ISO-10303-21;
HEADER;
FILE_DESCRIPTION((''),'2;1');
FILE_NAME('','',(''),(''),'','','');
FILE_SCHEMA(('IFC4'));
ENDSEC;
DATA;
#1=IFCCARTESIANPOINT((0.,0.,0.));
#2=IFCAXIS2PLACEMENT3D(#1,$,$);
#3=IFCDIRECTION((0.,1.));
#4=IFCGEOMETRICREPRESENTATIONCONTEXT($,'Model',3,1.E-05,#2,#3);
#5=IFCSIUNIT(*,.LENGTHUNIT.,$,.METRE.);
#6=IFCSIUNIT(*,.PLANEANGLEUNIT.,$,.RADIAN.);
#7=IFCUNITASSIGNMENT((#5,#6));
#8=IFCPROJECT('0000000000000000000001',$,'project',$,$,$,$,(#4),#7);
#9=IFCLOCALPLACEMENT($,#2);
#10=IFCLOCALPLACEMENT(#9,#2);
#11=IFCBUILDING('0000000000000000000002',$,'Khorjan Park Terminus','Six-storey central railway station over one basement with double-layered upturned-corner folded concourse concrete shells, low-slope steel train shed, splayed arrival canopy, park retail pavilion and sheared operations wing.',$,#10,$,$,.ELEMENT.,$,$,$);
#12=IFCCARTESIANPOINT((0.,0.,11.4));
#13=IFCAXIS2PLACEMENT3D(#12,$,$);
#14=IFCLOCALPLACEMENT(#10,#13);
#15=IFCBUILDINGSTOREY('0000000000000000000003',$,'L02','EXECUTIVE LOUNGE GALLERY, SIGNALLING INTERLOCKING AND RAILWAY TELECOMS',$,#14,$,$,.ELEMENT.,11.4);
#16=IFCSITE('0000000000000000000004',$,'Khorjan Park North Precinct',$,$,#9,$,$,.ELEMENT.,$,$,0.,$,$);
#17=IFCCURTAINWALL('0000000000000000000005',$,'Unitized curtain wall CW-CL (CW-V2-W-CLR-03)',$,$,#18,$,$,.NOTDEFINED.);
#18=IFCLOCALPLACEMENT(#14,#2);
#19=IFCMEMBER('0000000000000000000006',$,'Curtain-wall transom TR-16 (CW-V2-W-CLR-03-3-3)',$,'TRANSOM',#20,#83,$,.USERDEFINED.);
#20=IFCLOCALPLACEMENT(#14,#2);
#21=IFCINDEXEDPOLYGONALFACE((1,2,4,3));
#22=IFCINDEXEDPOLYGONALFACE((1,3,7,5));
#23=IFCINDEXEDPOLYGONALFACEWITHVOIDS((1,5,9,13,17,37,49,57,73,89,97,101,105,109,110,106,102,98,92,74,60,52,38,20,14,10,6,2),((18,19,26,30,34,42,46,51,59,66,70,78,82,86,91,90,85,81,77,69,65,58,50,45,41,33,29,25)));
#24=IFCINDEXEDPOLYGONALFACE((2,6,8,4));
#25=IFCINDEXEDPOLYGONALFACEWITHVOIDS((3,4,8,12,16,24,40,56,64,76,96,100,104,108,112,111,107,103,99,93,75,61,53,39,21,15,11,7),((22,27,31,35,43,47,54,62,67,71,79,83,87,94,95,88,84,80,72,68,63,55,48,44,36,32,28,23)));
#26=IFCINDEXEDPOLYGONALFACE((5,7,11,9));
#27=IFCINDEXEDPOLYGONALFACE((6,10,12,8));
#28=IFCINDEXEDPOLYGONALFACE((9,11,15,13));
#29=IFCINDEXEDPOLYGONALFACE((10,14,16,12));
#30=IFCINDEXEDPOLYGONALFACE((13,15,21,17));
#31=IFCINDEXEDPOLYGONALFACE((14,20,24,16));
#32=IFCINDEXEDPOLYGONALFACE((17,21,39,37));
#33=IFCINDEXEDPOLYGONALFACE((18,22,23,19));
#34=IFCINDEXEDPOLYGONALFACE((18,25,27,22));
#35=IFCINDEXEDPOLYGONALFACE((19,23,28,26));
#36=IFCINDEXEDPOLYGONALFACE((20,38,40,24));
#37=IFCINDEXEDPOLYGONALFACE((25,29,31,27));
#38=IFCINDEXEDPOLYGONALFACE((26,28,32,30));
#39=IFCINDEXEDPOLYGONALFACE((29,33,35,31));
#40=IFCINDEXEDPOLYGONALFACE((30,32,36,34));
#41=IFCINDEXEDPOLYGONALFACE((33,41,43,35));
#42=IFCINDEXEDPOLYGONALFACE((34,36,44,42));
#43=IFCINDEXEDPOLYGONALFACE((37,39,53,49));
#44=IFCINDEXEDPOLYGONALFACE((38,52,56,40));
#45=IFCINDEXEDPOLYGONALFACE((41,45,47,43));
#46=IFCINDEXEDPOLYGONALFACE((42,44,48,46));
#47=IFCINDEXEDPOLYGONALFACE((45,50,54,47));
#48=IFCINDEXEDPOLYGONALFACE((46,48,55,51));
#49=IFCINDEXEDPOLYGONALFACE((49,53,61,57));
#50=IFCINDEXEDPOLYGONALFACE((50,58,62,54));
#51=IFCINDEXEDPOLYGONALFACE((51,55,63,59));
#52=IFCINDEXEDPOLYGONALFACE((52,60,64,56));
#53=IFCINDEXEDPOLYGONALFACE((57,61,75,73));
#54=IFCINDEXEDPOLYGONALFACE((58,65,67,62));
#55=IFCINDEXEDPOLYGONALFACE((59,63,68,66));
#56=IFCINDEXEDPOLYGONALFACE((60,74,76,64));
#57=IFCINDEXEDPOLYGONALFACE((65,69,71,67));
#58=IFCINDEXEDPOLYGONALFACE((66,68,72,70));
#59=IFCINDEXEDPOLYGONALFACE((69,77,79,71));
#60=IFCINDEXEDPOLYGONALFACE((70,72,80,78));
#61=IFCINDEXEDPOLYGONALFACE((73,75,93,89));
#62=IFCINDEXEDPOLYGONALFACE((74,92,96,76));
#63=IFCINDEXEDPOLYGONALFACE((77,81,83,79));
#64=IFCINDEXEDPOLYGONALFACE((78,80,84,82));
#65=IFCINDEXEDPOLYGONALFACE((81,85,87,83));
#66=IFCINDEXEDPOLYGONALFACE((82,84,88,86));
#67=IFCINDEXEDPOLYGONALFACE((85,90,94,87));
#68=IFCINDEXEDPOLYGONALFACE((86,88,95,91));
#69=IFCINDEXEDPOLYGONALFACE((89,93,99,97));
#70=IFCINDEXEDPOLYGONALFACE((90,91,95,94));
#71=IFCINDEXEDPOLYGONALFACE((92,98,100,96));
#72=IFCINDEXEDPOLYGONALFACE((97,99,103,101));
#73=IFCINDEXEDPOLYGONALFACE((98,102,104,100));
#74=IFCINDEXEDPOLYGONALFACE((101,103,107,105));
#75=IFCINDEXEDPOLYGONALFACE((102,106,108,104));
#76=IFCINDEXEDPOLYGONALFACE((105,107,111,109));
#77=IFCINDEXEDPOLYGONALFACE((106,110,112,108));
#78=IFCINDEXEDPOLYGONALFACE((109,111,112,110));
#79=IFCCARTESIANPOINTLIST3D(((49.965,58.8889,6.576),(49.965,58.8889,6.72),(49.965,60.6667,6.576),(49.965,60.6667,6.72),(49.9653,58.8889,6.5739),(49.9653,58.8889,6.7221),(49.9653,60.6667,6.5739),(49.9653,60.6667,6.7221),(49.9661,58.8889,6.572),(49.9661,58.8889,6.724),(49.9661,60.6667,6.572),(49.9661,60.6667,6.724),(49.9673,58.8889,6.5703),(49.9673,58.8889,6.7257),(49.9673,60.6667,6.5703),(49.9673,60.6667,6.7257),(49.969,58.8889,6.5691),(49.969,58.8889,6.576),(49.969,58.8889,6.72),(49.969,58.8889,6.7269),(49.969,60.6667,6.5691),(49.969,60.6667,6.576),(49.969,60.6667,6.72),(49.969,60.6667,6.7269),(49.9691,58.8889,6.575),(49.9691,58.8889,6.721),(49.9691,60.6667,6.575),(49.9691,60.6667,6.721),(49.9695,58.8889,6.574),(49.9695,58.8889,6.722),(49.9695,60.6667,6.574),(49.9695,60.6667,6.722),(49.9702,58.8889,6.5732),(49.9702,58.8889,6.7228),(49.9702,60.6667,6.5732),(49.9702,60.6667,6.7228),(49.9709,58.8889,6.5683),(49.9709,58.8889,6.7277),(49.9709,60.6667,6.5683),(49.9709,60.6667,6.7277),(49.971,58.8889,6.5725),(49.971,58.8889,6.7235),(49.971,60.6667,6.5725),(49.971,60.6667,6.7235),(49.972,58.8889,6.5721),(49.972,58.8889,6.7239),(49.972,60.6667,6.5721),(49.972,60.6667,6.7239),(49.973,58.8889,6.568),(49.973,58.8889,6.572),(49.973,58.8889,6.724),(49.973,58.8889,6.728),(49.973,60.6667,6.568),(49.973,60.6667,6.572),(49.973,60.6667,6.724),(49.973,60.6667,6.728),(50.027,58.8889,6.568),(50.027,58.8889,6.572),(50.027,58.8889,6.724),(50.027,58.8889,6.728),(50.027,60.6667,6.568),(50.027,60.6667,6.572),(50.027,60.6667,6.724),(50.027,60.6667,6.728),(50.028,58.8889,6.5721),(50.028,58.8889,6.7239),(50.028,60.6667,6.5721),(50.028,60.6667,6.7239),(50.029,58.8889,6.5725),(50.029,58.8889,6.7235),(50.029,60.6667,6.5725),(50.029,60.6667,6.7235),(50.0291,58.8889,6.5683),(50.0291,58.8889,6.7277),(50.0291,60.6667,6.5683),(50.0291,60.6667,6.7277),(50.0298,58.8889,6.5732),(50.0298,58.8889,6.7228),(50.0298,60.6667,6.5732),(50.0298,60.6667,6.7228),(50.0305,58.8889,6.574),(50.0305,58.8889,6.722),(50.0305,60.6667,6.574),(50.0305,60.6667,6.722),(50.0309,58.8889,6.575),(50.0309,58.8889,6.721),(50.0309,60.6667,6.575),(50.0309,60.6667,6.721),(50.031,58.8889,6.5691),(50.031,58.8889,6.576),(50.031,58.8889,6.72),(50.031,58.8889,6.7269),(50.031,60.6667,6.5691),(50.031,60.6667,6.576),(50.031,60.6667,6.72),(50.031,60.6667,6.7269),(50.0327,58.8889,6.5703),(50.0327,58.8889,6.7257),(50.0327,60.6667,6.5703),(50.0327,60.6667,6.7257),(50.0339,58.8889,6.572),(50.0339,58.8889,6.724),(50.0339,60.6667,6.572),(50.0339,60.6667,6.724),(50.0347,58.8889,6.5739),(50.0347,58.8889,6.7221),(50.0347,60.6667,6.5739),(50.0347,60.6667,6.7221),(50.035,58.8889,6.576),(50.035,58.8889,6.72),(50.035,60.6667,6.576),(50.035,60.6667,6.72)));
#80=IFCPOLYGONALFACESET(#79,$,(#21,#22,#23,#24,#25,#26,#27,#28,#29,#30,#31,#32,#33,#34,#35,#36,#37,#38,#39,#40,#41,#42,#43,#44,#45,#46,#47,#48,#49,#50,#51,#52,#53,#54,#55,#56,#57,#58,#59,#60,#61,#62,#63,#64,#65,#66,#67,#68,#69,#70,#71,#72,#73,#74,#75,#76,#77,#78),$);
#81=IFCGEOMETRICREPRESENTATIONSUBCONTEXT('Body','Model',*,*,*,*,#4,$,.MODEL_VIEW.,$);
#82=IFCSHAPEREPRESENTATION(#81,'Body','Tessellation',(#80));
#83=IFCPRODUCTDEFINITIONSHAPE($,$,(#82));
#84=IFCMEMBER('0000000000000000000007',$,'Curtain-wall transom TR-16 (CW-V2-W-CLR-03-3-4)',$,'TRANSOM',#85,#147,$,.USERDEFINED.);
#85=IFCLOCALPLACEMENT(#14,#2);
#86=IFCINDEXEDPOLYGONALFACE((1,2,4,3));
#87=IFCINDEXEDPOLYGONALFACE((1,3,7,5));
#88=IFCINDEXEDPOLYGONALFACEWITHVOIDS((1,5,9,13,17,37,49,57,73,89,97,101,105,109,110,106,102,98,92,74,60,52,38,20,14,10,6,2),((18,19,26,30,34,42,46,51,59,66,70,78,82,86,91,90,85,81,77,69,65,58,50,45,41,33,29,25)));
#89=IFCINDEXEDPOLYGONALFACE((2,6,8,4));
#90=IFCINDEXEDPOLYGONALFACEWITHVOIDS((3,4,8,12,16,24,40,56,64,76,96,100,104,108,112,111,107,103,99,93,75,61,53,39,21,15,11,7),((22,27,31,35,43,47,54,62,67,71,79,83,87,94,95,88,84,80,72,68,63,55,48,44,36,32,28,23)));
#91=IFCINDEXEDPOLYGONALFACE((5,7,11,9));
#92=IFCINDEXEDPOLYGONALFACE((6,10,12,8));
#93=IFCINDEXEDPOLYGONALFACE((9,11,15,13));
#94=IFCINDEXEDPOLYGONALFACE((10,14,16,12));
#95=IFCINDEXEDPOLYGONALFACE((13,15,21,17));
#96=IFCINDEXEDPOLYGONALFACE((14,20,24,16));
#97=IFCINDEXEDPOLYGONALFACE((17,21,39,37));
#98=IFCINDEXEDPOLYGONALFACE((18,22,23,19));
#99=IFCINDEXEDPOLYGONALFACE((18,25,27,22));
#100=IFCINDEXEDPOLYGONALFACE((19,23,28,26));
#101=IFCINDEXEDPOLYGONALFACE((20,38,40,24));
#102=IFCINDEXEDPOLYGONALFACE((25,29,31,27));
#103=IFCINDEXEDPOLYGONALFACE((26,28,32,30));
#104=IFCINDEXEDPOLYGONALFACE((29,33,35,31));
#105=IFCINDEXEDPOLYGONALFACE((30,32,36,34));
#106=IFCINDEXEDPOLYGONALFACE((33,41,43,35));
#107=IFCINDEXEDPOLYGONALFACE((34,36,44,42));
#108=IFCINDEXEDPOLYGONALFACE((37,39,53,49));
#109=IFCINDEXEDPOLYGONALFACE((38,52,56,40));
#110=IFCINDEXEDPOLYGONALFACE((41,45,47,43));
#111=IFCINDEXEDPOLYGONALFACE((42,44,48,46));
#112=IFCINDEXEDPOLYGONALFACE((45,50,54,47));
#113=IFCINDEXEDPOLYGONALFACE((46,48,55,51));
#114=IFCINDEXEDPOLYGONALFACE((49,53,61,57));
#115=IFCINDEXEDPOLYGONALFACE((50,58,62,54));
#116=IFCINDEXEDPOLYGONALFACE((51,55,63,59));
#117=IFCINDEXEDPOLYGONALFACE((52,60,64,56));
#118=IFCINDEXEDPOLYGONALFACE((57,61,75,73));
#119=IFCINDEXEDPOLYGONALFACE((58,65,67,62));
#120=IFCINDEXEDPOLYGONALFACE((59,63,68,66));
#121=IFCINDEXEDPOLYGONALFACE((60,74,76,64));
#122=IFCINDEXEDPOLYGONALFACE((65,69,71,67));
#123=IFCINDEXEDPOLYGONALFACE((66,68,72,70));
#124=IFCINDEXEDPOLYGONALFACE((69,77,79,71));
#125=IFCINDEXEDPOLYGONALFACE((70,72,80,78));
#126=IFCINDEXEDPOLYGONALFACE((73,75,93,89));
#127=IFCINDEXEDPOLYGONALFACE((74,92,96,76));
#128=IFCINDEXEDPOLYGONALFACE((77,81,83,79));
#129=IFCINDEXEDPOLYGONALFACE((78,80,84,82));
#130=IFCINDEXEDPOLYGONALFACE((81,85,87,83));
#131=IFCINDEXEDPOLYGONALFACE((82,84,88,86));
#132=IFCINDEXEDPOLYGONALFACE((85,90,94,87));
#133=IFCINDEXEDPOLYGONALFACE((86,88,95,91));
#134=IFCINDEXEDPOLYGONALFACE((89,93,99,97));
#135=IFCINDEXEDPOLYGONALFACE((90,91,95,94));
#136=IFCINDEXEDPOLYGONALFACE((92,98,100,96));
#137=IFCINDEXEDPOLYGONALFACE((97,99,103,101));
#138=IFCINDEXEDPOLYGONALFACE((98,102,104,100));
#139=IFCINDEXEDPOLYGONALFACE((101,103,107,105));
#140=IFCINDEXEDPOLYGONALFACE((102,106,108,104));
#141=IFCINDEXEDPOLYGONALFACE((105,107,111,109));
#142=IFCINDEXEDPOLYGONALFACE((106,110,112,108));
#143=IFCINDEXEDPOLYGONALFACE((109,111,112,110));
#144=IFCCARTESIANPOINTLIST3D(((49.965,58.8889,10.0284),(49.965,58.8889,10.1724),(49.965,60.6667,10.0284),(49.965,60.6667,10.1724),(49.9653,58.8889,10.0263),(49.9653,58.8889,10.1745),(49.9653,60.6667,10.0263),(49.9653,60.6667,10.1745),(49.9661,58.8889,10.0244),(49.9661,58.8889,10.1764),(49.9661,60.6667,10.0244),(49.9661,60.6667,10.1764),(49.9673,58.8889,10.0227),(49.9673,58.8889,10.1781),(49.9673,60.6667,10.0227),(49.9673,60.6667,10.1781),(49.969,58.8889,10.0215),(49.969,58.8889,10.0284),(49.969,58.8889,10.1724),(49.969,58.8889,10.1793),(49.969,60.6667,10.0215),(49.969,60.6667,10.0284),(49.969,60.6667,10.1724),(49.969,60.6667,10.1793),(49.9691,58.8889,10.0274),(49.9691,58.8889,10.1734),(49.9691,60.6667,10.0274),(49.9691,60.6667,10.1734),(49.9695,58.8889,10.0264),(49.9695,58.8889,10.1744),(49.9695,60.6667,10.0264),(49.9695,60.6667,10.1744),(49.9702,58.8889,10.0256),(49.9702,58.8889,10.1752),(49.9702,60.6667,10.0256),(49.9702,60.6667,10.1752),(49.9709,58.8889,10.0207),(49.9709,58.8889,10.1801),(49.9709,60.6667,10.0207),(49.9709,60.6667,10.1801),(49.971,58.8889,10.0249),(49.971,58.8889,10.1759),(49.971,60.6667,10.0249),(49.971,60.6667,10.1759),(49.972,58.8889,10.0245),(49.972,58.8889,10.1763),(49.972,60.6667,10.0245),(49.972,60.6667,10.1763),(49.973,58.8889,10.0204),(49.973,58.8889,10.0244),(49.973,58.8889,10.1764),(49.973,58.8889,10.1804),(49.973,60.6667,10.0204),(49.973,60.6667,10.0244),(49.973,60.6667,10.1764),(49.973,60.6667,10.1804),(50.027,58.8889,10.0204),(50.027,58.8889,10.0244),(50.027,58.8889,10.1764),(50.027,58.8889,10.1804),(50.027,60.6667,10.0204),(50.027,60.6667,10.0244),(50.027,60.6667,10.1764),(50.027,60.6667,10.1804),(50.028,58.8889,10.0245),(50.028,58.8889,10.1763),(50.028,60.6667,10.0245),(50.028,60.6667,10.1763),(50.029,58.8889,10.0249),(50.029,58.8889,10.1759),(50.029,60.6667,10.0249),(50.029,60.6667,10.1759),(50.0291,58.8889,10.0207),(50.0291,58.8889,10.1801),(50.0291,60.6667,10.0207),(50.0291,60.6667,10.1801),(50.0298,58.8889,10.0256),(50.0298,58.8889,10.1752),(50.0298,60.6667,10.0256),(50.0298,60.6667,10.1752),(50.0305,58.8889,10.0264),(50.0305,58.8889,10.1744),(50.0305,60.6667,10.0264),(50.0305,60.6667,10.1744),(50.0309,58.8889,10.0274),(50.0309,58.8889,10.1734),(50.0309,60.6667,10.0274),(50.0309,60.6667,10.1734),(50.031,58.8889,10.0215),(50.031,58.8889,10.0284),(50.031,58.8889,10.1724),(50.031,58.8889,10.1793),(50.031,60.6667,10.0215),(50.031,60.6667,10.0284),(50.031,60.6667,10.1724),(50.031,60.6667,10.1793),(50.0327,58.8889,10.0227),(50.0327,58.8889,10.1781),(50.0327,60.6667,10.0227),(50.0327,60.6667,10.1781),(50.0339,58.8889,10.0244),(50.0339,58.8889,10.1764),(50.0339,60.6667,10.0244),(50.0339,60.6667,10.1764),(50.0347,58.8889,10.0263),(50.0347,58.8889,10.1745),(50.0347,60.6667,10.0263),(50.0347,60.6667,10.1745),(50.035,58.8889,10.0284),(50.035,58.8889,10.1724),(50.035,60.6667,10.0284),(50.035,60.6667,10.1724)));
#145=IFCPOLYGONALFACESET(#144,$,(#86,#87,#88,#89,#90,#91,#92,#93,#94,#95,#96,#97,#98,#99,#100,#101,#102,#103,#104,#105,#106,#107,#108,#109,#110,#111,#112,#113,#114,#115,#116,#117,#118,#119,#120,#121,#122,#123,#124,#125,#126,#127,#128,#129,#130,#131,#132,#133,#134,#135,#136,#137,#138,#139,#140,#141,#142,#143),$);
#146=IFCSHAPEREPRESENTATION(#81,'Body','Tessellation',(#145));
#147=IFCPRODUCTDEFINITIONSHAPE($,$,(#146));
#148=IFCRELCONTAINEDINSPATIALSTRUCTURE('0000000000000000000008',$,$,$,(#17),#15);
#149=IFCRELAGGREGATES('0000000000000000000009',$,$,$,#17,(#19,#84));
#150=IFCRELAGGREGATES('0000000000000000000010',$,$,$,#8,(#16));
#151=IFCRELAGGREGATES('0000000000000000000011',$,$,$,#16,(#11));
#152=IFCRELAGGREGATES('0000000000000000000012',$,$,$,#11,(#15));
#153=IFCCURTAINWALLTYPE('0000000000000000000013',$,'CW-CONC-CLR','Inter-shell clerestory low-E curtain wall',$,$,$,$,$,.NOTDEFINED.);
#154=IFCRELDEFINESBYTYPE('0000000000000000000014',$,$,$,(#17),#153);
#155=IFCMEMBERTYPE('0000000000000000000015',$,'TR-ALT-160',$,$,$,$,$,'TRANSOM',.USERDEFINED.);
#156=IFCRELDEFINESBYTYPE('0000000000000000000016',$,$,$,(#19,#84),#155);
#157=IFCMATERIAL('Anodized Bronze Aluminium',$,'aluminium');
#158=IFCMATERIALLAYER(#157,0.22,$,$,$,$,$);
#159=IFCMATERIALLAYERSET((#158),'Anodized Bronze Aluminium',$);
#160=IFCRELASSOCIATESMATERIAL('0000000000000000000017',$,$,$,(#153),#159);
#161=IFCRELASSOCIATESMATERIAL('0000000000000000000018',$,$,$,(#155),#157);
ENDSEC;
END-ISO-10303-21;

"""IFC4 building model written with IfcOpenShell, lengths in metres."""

from ifc_helpers import new_model, si_unit, direction, frame, origin, origin_2d, place, context, subcontext, project, spatial, hollow_rectangle, extrude, material, layer, layer_set, material_profile, profile_set, type_object, element, aggregate, save


model = new_model("IFC4")

# Units and contexts
model_context = context("Model", 3, precision=1e-05, world=origin(), true_north=direction((0.0, 1.0)))
body_context = subcontext(model_context, "Body", "Model", "MODEL_VIEW")
ifc_project = project(units=[si_unit("LENGTHUNIT", "METRE"), si_unit("PLANEANGLEUNIT", "RADIAN")], contexts=[model_context])

# Site, building, storey
site_placement = place(None, origin())
site = spatial("IfcSite", under=ifc_project, at=site_placement, Name="Khorjan Park North Precinct", CompositionType="ELEMENT", RefElevation=0.0)
building_placement = place(site_placement, origin())
building = spatial("IfcBuilding", under=site, at=building_placement, Name="Khorjan Park Terminus", Description="Six-storey central railway station over one basement with double-layered upturned-corner folded concourse concrete shells, low-slope steel train shed, splayed arrival canopy, park retail pavilion and sheared operations wing.", CompositionType="ELEMENT")
storey_placement = place(building_placement, frame((0.0, 0.0, 11.4)))
storey = spatial("IfcBuildingStorey", under=building, at=storey_placement, Name="L02", Description="EXECUTIVE LOUNGE GALLERY, SIGNALLING INTERLOCKING AND RAILWAY TELECOMS", CompositionType="ELEMENT", Elevation=11.4)

# Curtain wall, members
ifc_material_1 = material(Name="Anodized Bronze Aluminium", Category="aluminium")
ifc_layer_1 = layer(ifc_material_1, 0.22)
ifc_layer_set_1 = layer_set([ifc_layer_1], Name="Anodized Bronze Aluminium")
curtain_wall_type = type_object("IfcCurtainWallType", Name="CW-CONC-CLR", Description="Inter-shell clerestory low-E curtain wall", PredefinedType="NOTDEFINED", material=ifc_layer_set_1)
curtain_wall_placement = place(storey_placement, origin())
curtain_wall = element("IfcCurtainWall", 1, at=curtain_wall_placement, inside=storey, type_object=curtain_wall_type, Name="Unitized curtain wall CW-CL (CW-V2-W-CLR-03)", PredefinedType="NOTDEFINED")
ifc_material_profile_1 = material_profile(ifc_material_1, hollow_rectangle(XDim=0.07, YDim=0.16, WallThickness=0.004, InnerFilletRadius=0.004, OuterFilletRadius=0.008, at=origin_2d()), Name="ALT 70x160x4")
ifc_profile_set_1 = profile_set([ifc_material_profile_1], Name="Anodized Bronze Aluminium")
member_type_1 = type_object("IfcMemberType", Name="TR-ALT-160", ElementType="TRANSOM", PredefinedType="USERDEFINED", material=ifc_profile_set_1)
member_1_placement = place(storey_placement, frame((50.0, 60.6667, 6.648), z_axis=(0.0, -1.0, 0.0), x_axis=(1.0, 0.0, 0.0)))
member_1 = element("IfcMember", 2, at=member_1_placement, type_object=member_type_1, Name="Curtain-wall transom TR-16 (CW-V2-W-CLR-03-3-3)", ObjectType="TRANSOM", PredefinedType="USERDEFINED", context=body_context, shape_type="SweptSolid", body=[
    extrude(hollow_rectangle(XDim=0.07, YDim=0.16, WallThickness=0.004, InnerFilletRadius=0.004, OuterFilletRadius=0.008, at=origin_2d()), origin(), (0.0, 0.0, 1.0), 1.7778),
])
member_2_placement = place(storey_placement, frame((50.0, 60.6667, 10.1004), z_axis=(0.0, -1.0, 0.0), x_axis=(1.0, 0.0, 0.0)))
member_2 = element("IfcMember", 3, at=member_2_placement, type_object=member_type_1, Name="Curtain-wall transom TR-16 (CW-V2-W-CLR-03-3-4)", ObjectType="TRANSOM", PredefinedType="USERDEFINED", context=body_context, shape_type="SweptSolid", body=[
    extrude(hollow_rectangle(XDim=0.07, YDim=0.16, WallThickness=0.004, InnerFilletRadius=0.004, OuterFilletRadius=0.008, at=origin_2d()), origin(), (0.0, 0.0, 1.0), 1.7778),
])
aggregate(curtain_wall, [member_1, member_2])

save(model, "model.ifc")
